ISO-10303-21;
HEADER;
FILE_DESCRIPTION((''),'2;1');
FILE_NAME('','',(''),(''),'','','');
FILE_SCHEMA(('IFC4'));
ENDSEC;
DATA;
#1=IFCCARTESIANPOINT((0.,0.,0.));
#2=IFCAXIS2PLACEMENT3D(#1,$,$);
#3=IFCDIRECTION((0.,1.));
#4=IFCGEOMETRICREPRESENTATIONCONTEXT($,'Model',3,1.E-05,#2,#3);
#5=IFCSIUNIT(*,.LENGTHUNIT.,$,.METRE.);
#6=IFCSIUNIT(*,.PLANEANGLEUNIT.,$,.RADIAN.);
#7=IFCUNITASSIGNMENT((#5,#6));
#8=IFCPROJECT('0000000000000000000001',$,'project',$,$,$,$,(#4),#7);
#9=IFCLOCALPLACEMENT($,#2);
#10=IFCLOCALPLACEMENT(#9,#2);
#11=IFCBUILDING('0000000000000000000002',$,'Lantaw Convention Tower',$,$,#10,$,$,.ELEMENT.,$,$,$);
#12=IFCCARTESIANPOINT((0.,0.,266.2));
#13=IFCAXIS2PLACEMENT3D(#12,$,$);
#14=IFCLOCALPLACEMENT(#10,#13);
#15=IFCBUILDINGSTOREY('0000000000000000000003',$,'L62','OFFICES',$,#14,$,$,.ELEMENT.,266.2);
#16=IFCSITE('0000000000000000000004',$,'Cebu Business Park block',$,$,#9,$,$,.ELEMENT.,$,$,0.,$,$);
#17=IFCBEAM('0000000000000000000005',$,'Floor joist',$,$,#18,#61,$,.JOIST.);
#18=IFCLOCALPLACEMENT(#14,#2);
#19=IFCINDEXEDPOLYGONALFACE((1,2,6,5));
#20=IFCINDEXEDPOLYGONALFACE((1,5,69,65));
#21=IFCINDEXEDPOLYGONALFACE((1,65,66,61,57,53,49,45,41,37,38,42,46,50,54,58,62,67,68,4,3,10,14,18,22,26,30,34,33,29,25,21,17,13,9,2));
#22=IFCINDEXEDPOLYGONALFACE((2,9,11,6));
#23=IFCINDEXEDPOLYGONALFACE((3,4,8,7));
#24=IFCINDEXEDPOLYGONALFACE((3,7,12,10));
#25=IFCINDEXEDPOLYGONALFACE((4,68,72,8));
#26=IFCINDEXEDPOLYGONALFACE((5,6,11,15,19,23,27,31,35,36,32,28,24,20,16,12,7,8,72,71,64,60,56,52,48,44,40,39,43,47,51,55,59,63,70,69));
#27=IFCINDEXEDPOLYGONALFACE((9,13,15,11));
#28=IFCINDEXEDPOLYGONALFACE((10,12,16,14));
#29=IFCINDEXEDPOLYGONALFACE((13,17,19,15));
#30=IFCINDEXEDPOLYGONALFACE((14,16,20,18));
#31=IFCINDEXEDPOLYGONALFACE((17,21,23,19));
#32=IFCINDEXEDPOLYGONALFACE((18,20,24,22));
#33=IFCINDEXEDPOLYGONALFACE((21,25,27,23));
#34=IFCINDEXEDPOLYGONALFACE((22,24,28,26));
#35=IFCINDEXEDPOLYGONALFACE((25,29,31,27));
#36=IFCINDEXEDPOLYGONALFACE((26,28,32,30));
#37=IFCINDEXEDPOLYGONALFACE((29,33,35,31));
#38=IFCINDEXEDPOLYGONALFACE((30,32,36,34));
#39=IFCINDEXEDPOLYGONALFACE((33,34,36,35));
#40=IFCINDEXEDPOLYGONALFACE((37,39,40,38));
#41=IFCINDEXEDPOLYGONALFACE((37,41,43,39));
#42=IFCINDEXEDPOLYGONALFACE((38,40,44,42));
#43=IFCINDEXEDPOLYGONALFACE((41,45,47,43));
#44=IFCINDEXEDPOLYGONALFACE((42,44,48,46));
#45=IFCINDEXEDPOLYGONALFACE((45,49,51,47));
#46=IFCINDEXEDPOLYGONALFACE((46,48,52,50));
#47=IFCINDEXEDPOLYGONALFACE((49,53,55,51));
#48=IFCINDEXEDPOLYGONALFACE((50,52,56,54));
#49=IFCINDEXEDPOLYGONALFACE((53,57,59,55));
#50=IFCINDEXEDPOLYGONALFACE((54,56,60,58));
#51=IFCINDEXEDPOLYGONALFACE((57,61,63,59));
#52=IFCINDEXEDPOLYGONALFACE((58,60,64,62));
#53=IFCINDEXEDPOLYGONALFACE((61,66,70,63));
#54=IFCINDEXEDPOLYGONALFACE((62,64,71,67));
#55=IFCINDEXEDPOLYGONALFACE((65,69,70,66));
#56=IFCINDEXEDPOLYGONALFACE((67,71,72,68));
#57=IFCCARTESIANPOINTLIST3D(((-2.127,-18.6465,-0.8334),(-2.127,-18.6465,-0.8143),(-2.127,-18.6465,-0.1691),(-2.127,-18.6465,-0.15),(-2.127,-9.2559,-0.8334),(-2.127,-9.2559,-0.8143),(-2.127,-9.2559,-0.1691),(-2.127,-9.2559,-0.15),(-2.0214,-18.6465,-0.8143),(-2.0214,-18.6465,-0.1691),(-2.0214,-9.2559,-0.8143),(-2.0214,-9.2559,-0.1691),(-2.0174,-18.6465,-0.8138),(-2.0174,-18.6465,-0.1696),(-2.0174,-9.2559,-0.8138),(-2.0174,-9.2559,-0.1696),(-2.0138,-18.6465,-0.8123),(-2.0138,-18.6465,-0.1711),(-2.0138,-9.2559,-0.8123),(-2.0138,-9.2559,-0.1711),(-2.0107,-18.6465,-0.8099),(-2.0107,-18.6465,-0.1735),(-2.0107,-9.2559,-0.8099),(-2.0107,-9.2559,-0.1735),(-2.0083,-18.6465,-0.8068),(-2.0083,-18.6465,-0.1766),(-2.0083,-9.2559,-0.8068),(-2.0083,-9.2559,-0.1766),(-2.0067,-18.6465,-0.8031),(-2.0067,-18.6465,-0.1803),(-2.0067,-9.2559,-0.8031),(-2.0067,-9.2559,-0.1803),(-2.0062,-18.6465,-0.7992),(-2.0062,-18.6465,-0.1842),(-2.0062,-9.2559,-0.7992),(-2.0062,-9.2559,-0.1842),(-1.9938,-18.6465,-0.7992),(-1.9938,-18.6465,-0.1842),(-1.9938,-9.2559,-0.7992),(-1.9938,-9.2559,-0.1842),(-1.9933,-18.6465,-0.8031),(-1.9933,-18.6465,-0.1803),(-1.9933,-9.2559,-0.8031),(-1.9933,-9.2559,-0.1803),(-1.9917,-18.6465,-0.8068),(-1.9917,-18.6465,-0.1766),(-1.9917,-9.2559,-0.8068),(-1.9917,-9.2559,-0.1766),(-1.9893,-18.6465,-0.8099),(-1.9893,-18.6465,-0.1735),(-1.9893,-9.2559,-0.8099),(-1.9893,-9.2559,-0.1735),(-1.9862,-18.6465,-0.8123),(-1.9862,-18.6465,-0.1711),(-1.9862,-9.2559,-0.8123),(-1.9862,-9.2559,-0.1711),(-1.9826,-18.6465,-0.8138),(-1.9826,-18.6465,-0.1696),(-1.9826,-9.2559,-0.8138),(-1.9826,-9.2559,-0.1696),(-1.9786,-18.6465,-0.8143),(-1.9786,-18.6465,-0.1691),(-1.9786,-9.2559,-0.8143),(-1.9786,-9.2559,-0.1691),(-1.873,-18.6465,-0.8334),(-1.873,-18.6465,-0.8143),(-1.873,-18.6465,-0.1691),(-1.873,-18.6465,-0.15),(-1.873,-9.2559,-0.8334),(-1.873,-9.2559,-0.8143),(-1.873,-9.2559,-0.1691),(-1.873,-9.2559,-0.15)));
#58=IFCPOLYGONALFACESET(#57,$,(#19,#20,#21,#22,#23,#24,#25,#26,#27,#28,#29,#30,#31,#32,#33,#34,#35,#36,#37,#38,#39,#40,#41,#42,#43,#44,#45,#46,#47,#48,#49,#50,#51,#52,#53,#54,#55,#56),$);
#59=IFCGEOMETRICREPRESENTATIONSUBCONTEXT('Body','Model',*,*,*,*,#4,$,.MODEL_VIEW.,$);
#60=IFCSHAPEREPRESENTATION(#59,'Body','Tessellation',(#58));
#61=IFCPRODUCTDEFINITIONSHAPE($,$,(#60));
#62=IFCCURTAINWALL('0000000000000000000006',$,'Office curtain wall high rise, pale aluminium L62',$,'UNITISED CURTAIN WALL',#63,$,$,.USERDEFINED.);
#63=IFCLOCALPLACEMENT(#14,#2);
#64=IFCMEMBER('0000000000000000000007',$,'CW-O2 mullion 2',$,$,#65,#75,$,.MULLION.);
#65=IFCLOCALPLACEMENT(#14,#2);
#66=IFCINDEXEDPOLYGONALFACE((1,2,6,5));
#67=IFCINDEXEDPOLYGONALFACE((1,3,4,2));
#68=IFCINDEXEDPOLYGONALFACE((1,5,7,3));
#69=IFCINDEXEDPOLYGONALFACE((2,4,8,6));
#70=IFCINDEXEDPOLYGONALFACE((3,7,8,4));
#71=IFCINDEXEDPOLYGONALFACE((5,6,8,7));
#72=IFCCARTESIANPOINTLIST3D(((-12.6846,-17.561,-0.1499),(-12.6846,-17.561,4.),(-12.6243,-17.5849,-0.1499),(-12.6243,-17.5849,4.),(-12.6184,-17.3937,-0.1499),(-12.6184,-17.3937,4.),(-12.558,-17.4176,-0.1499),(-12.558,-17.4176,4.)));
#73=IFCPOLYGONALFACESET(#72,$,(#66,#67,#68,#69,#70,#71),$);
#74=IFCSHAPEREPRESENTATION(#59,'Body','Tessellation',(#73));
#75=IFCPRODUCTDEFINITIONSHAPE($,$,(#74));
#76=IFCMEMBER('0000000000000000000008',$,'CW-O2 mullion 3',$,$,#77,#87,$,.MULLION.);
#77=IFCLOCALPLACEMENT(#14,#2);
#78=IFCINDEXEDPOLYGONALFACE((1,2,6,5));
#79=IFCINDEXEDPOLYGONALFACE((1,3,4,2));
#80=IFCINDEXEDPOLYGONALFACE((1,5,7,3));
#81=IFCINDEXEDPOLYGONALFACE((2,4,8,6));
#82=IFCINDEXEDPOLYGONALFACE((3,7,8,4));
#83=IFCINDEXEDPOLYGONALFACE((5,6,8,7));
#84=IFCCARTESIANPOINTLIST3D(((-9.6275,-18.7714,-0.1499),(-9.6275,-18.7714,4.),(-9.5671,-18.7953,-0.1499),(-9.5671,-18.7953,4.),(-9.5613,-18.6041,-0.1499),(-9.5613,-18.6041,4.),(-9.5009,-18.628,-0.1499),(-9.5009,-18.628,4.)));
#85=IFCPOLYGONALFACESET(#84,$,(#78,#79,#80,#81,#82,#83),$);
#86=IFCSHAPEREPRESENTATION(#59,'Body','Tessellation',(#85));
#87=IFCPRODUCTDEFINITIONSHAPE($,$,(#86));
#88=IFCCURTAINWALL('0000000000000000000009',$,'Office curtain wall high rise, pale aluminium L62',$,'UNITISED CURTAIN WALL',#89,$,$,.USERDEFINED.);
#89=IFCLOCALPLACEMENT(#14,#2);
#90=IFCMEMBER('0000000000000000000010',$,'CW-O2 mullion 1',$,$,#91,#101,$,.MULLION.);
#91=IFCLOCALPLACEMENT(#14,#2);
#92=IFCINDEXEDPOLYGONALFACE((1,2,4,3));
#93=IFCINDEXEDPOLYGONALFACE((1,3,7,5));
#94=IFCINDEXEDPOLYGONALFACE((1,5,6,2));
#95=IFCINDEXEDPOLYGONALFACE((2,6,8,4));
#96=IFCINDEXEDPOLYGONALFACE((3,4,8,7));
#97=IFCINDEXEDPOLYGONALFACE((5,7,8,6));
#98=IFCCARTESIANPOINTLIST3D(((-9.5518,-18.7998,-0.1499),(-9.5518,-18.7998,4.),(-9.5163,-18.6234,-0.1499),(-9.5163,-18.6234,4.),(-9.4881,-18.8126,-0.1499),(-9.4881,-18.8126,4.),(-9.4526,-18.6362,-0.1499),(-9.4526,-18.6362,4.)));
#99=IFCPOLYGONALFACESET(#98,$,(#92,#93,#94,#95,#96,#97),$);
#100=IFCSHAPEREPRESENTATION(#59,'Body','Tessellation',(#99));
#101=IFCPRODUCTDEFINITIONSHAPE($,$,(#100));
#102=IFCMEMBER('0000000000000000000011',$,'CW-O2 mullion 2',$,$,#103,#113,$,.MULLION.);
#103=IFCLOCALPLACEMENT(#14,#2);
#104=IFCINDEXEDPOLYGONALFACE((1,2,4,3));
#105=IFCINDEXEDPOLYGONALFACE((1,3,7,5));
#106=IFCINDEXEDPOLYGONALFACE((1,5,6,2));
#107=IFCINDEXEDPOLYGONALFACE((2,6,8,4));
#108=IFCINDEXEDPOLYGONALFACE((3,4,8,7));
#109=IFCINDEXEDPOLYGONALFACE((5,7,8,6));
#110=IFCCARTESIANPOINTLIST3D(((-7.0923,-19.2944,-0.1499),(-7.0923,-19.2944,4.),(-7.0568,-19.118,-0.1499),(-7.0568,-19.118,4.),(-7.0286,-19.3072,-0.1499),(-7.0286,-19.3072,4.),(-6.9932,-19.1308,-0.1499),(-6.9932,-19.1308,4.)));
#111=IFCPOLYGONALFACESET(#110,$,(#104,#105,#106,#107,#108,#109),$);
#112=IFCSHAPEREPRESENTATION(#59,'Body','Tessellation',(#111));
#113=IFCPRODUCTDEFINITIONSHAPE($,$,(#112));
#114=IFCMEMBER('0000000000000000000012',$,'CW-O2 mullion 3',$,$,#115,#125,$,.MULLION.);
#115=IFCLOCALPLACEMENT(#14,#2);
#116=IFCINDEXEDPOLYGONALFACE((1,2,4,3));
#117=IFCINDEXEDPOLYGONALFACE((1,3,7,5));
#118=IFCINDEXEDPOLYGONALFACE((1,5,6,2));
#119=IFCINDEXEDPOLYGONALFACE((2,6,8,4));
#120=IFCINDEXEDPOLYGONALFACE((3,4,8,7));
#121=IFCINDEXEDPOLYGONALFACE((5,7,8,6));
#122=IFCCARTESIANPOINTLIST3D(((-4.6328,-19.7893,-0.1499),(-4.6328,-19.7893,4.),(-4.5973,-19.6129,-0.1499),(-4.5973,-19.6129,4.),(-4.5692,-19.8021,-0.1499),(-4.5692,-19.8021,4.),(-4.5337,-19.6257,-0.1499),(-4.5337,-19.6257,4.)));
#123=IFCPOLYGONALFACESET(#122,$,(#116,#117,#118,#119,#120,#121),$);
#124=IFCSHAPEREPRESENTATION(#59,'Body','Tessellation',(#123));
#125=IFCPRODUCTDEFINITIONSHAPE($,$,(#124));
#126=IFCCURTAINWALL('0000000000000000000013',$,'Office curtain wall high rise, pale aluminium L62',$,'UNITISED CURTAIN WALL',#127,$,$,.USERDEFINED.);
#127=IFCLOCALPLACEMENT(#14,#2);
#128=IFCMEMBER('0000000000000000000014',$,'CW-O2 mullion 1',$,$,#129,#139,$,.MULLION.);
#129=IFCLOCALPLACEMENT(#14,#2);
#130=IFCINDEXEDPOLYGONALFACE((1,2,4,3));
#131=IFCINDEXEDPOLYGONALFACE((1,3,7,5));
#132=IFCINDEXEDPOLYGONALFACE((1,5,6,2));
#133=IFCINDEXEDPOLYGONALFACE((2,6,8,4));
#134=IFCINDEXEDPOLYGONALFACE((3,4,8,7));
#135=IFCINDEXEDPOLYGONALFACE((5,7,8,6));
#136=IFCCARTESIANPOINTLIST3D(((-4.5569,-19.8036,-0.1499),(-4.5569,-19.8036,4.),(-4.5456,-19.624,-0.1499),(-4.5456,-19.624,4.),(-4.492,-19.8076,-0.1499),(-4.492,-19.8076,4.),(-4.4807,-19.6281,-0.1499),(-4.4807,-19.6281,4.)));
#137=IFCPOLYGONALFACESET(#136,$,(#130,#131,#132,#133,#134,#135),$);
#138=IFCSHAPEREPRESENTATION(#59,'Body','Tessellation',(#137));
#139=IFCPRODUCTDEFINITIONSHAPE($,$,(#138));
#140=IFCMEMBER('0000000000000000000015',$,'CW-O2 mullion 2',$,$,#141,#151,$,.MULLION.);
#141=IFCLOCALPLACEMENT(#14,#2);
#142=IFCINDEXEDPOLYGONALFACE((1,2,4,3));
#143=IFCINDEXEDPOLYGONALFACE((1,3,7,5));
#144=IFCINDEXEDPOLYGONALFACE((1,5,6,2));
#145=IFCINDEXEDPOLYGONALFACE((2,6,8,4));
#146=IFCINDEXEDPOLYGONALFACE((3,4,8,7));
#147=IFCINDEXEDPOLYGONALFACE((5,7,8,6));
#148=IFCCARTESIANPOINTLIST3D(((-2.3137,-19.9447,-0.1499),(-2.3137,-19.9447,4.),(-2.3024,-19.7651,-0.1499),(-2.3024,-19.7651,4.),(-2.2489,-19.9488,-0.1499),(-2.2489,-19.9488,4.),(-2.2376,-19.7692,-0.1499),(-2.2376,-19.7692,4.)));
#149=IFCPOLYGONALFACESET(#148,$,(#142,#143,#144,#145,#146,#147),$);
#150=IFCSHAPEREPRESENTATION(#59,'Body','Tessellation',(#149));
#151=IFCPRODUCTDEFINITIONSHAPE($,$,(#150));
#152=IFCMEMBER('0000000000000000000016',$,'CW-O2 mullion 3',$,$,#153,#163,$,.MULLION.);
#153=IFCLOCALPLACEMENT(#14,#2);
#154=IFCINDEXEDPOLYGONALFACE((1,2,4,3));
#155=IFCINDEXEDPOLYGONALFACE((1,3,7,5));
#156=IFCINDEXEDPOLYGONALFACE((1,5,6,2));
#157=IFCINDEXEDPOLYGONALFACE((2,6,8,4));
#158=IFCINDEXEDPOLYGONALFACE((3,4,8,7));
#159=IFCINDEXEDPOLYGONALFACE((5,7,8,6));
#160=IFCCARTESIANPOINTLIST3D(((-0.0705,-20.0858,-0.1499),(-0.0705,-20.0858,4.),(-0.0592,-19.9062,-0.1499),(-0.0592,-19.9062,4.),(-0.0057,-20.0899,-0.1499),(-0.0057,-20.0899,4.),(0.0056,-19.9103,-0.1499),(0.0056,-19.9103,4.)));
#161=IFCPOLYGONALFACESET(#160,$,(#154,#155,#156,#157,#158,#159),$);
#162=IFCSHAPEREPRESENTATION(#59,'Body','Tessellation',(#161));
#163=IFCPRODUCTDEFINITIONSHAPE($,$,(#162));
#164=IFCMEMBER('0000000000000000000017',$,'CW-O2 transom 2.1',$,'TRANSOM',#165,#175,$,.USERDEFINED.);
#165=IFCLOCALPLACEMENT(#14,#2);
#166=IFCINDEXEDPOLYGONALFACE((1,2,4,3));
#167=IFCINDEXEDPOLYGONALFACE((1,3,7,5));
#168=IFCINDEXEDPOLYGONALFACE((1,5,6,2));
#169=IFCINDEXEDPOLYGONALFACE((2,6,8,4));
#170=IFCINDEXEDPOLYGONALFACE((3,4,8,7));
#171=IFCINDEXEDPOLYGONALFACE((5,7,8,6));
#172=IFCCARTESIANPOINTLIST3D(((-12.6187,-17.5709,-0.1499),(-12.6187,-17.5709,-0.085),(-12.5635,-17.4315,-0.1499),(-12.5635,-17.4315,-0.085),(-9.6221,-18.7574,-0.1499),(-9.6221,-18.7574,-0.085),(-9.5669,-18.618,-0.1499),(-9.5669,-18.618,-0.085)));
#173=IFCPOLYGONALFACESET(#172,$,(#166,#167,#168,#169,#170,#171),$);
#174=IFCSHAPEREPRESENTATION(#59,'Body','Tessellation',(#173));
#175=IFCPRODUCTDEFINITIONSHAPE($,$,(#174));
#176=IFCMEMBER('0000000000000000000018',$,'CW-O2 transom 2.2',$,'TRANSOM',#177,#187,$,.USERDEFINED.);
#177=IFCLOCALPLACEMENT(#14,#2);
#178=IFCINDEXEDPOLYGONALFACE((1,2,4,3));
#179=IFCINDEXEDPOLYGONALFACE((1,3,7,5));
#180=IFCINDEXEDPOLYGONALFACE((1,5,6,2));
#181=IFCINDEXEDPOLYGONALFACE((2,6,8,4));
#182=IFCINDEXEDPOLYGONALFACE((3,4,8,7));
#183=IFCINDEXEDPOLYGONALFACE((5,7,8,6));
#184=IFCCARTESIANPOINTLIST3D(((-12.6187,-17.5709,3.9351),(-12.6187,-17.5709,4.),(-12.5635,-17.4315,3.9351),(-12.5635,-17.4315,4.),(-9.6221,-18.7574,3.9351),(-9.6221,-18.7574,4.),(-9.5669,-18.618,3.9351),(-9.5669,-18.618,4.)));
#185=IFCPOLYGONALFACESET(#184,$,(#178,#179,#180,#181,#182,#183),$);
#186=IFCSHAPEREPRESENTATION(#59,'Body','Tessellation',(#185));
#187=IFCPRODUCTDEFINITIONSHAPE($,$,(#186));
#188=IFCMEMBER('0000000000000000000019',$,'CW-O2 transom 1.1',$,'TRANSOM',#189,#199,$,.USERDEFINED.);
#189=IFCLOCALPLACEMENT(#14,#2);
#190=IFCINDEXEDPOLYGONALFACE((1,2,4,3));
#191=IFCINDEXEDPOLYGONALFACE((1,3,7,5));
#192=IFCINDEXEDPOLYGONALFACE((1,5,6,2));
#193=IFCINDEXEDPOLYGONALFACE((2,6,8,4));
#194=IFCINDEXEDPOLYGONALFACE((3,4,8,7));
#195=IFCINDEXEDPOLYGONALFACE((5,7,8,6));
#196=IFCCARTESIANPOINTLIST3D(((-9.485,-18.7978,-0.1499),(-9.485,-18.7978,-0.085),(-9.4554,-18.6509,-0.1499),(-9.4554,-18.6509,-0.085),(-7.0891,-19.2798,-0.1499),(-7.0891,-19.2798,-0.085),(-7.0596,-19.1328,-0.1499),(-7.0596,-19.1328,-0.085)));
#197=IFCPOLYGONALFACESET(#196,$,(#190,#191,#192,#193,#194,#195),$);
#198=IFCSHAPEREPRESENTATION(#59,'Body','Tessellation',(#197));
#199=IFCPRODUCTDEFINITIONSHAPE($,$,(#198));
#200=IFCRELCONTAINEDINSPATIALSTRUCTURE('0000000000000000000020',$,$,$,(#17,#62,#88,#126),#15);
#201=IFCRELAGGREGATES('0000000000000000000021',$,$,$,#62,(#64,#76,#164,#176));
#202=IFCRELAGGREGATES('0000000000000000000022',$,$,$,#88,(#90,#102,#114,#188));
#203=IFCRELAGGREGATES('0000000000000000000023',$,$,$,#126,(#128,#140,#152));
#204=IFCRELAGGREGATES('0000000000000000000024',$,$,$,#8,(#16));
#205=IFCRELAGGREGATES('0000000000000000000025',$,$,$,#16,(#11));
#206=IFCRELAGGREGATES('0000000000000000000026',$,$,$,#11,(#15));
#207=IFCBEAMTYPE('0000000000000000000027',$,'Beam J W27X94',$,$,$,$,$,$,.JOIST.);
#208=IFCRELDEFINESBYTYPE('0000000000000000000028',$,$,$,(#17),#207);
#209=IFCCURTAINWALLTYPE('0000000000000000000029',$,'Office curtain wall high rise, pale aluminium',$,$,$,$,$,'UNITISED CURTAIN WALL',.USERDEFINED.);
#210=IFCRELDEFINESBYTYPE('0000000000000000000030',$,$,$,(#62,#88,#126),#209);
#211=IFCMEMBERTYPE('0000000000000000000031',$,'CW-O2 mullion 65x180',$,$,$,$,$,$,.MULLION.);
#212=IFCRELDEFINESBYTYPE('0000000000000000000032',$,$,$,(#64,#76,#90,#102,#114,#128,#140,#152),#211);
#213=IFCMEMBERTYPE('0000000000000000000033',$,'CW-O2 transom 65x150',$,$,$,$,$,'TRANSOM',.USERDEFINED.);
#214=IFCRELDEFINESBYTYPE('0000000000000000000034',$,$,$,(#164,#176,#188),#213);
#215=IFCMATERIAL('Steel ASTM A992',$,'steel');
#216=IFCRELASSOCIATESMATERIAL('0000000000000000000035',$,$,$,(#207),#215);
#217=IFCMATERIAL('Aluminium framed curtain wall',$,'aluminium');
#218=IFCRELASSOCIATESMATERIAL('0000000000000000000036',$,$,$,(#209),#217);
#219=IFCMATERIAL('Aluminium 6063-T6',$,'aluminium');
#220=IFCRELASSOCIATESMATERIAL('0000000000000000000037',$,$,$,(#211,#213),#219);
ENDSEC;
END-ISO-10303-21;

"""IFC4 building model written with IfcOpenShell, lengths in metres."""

from ifc_helpers import new_model, si_unit, direction, frame, origin, origin_2d, place, context, subcontext, project, spatial, rectangle, i_section, extrude, material, material_profile, profile_set, type_object, element, aggregate, save


model = new_model("IFC4")

# Units and contexts
model_context = context("Model", 3, precision=1e-05, world=origin(), true_north=direction((0.0, 1.0)))
body_context = subcontext(model_context, "Body", "Model", "MODEL_VIEW")
ifc_project = project(units=[si_unit("LENGTHUNIT", "METRE"), si_unit("PLANEANGLEUNIT", "RADIAN")], contexts=[model_context])

# Site, building, storey
site_placement = place(None, origin())
site = spatial("IfcSite", under=ifc_project, at=site_placement, Name="Cebu Business Park block", CompositionType="ELEMENT", RefElevation=0.0)
building_placement = place(site_placement, origin())
building = spatial("IfcBuilding", under=site, at=building_placement, Name="Lantaw Convention Tower", CompositionType="ELEMENT")
storey_placement = place(building_placement, frame((0.0, 0.0, 266.2)))
storey = spatial("IfcBuildingStorey", under=building, at=storey_placement, Name="L62", Description="OFFICES", CompositionType="ELEMENT", Elevation=266.2)

# Beam
ifc_material_1 = material(Name="Steel ASTM A992", Category="steel")
ifc_material_profile_1 = material_profile(ifc_material_1, i_section(OverallWidth=0.2539, OverallDepth=0.6833, WebThickness=0.0125, FlangeThickness=0.019, FilletRadius=0.0151, at=origin_2d()), Name="W27X94")
ifc_profile_set_1 = profile_set([ifc_material_profile_1], Name="Steel ASTM A992")
beam_type_1 = type_object("IfcBeamType", Name="Beam J W27X94", PredefinedType="JOIST", material=ifc_profile_set_1)
beam_1_placement = place(storey_placement, frame((-2.0, -18.6465, -0.4917), z_axis=(0.0, 1.0, 0.0), x_axis=(-1.0, 0.0, 0.0)))
element("IfcBeam", 1, at=beam_1_placement, inside=storey, type_object=beam_type_1, Name="Floor joist", PredefinedType="JOIST", context=body_context, shape_type="SweptSolid", body=[
    extrude(i_section(OverallWidth=0.2539, OverallDepth=0.6833, WebThickness=0.0125, FlangeThickness=0.019, FilletRadius=0.0151, at=origin_2d()), origin(), (0.0, 0.0, 1.0), 9.3906),
])

# Curtain walls, members
ifc_material_2 = material(Name="Aluminium framed curtain wall", Category="aluminium")
curtain_wall_type = type_object("IfcCurtainWallType", Name="Office curtain wall high rise, pale aluminium", ElementType="UNITISED CURTAIN WALL", PredefinedType="USERDEFINED", material=ifc_material_2)
curtain_wall_1_placement = place(storey_placement, origin())
curtain_wall_1 = element("IfcCurtainWall", 2, at=curtain_wall_1_placement, inside=storey, type_object=curtain_wall_type, Name="Office curtain wall high rise, pale aluminium L62", ObjectType="UNITISED CURTAIN WALL", PredefinedType="USERDEFINED")
ifc_material_3 = material(Name="Aluminium 6063-T6", Category="aluminium")
ifc_material_profile_2 = material_profile(ifc_material_3, rectangle(XDim=0.1799, YDim=0.0649, at=origin_2d()), Name="CW-O2 mullion 65x180")
ifc_profile_set_2 = profile_set([ifc_material_profile_2], Name="Aluminium 6063-T6")
member_type_1 = type_object("IfcMemberType", Name="CW-O2 mullion 65x180", PredefinedType="MULLION", material=ifc_profile_set_2)
member_1_placement = place(storey_placement, frame((-12.6213, -17.4893, -0.1499), z_axis=(0.0, 0.0, 1.0), x_axis=(0.368162, 0.929762, 0.0)))
member_1 = element("IfcMember", 3, at=member_1_placement, type_object=member_type_1, Name="CW-O2 mullion 2", PredefinedType="MULLION", context=body_context, shape_type="SweptSolid", body=[
    extrude(rectangle(XDim=0.1799, YDim=0.0649, at=origin_2d()), origin(), (0.0, 0.0, 1.0), 4.1499),
])
member_2_placement = place(storey_placement, frame((-9.5642, -18.6997, -0.1499), z_axis=(0.0, 0.0, 1.0), x_axis=(0.368162, 0.929762, 0.0)))
member_2 = element("IfcMember", 4, at=member_2_placement, type_object=member_type_1, Name="CW-O2 mullion 3", PredefinedType="MULLION", context=body_context, shape_type="SweptSolid", body=[
    extrude(rectangle(XDim=0.1799, YDim=0.0649, at=origin_2d()), origin(), (0.0, 0.0, 1.0), 4.1499),
])
curtain_wall_2_placement = place(storey_placement, origin())
curtain_wall_2 = element("IfcCurtainWall", 5, at=curtain_wall_2_placement, inside=storey, type_object=curtain_wall_type, Name="Office curtain wall high rise, pale aluminium L62", ObjectType="UNITISED CURTAIN WALL", PredefinedType="USERDEFINED")
member_3_placement = place(storey_placement, frame((-9.5022, -18.718, -0.1499), z_axis=(0.0, 0.0, 1.0), x_axis=(0.197183, 0.980367, 0.0)))
member_3 = element("IfcMember", 6, at=member_3_placement, type_object=member_type_1, Name="CW-O2 mullion 1", PredefinedType="MULLION", context=body_context, shape_type="SweptSolid", body=[
    extrude(rectangle(XDim=0.1799, YDim=0.0649, at=origin_2d()), origin(), (0.0, 0.0, 1.0), 4.1499),
])
member_4_placement = place(storey_placement, frame((-7.0427, -19.2126, -0.1499), z_axis=(0.0, 0.0, 1.0), x_axis=(0.197183, 0.980367, 0.0)))
member_4 = element("IfcMember", 7, at=member_4_placement, type_object=member_type_1, Name="CW-O2 mullion 2", PredefinedType="MULLION", context=body_context, shape_type="SweptSolid", body=[
    extrude(rectangle(XDim=0.1799, YDim=0.0649, at=origin_2d()), origin(), (0.0, 0.0, 1.0), 4.1499),
])
member_5_placement = place(storey_placement, frame((-4.5833, -19.7075, -0.1499), z_axis=(0.0, 0.0, 1.0), x_axis=(0.197183, 0.980367, 0.0)))
member_5 = element("IfcMember", 8, at=member_5_placement, type_object=member_type_1, Name="CW-O2 mullion 3", PredefinedType="MULLION", context=body_context, shape_type="SweptSolid", body=[
    extrude(rectangle(XDim=0.1799, YDim=0.0649, at=origin_2d()), origin(), (0.0, 0.0, 1.0), 4.1499),
])
curtain_wall_3_placement = place(storey_placement, origin())
curtain_wall_3 = element("IfcCurtainWall", 9, at=curtain_wall_3_placement, inside=storey, type_object=curtain_wall_type, Name="Office curtain wall high rise, pale aluminium L62", ObjectType="UNITISED CURTAIN WALL", PredefinedType="USERDEFINED")
member_6_placement = place(storey_placement, frame((-4.5188, -19.7158, -0.1499), z_axis=(0.0, 0.0, 1.0), x_axis=(0.062758, 0.998029, 0.0)))
member_6 = element("IfcMember", 10, at=member_6_placement, type_object=member_type_1, Name="CW-O2 mullion 1", PredefinedType="MULLION", context=body_context, shape_type="SweptSolid", body=[
    extrude(rectangle(XDim=0.1799, YDim=0.0649, at=origin_2d()), origin(), (0.0, 0.0, 1.0), 4.1499),
])
member_7_placement = place(storey_placement, frame((-2.2756, -19.8569, -0.1499), z_axis=(0.0, 0.0, 1.0), x_axis=(0.062758, 0.998029, 0.0)))
member_7 = element("IfcMember", 11, at=member_7_placement, type_object=member_type_1, Name="CW-O2 mullion 2", PredefinedType="MULLION", context=body_context, shape_type="SweptSolid", body=[
    extrude(rectangle(XDim=0.1799, YDim=0.0649, at=origin_2d()), origin(), (0.0, 0.0, 1.0), 4.1499),
])
member_8_placement = place(storey_placement, frame((-0.0325, -19.998, -0.1499), z_axis=(0.0, 0.0, 1.0), x_axis=(0.062758, 0.998029, 0.0)))
member_8 = element("IfcMember", 12, at=member_8_placement, type_object=member_type_1, Name="CW-O2 mullion 3", PredefinedType="MULLION", context=body_context, shape_type="SweptSolid", body=[
    extrude(rectangle(XDim=0.1799, YDim=0.0649, at=origin_2d()), origin(), (0.0, 0.0, 1.0), 4.1499),
])

# Members
ifc_material_profile_3 = material_profile(ifc_material_3, rectangle(XDim=0.1499, YDim=0.0649, at=origin_2d()), Name="CW-O2 transom 65x150")
ifc_profile_set_3 = profile_set([ifc_material_profile_3], Name="Aluminium 6063-T6")
member_type_2 = type_object("IfcMemberType", Name="CW-O2 transom 65x150", ElementType="TRANSOM", PredefinedType="USERDEFINED", material=ifc_profile_set_3)
member_9_placement = place(storey_placement, frame((-12.5911, -17.5012, -0.1174), z_axis=(0.929767, -0.368149, 0.0), x_axis=(0.368149, 0.929767, 0.0)))
member_9 = element("IfcMember", 13, at=member_9_placement, type_object=member_type_2, Name="CW-O2 transom 2.1", ObjectType="TRANSOM", PredefinedType="USERDEFINED", context=body_context, shape_type="SweptSolid", body=[
    extrude(rectangle(XDim=0.1499, YDim=0.0649, at=origin_2d()), origin(), (0.0, 0.0, 1.0), 3.2229),
])
member_10_placement = place(storey_placement, frame((-12.5911, -17.5012, 3.9675), z_axis=(0.929767, -0.368149, 0.0), x_axis=(0.368149, 0.929767, 0.0)))
member_10 = element("IfcMember", 14, at=member_10_placement, type_object=member_type_2, Name="CW-O2 transom 2.2", ObjectType="TRANSOM", PredefinedType="USERDEFINED", context=body_context, shape_type="SweptSolid", body=[
    extrude(rectangle(XDim=0.1499, YDim=0.0649, at=origin_2d()), origin(), (0.0, 0.0, 1.0), 3.2229),
])
member_11_placement = place(storey_placement, frame((-9.4702, -18.7244, -0.1174), z_axis=(0.980361, -0.197211, 0.0), x_axis=(0.197211, 0.980361, 0.0)))
member_11 = element("IfcMember", 15, at=member_11_placement, type_object=member_type_2, Name="CW-O2 transom 1.1", ObjectType="TRANSOM", PredefinedType="USERDEFINED", context=body_context, shape_type="SweptSolid", body=[
    extrude(rectangle(XDim=0.1499, YDim=0.0649, at=origin_2d()), origin(), (0.0, 0.0, 1.0), 2.4438),
])

aggregate(curtain_wall_1, [member_1, member_2, member_9, member_10])
aggregate(curtain_wall_2, [member_3, member_4, member_5, member_11])
aggregate(curtain_wall_3, [member_6, member_7, member_8])

save(model, "model.ifc")
